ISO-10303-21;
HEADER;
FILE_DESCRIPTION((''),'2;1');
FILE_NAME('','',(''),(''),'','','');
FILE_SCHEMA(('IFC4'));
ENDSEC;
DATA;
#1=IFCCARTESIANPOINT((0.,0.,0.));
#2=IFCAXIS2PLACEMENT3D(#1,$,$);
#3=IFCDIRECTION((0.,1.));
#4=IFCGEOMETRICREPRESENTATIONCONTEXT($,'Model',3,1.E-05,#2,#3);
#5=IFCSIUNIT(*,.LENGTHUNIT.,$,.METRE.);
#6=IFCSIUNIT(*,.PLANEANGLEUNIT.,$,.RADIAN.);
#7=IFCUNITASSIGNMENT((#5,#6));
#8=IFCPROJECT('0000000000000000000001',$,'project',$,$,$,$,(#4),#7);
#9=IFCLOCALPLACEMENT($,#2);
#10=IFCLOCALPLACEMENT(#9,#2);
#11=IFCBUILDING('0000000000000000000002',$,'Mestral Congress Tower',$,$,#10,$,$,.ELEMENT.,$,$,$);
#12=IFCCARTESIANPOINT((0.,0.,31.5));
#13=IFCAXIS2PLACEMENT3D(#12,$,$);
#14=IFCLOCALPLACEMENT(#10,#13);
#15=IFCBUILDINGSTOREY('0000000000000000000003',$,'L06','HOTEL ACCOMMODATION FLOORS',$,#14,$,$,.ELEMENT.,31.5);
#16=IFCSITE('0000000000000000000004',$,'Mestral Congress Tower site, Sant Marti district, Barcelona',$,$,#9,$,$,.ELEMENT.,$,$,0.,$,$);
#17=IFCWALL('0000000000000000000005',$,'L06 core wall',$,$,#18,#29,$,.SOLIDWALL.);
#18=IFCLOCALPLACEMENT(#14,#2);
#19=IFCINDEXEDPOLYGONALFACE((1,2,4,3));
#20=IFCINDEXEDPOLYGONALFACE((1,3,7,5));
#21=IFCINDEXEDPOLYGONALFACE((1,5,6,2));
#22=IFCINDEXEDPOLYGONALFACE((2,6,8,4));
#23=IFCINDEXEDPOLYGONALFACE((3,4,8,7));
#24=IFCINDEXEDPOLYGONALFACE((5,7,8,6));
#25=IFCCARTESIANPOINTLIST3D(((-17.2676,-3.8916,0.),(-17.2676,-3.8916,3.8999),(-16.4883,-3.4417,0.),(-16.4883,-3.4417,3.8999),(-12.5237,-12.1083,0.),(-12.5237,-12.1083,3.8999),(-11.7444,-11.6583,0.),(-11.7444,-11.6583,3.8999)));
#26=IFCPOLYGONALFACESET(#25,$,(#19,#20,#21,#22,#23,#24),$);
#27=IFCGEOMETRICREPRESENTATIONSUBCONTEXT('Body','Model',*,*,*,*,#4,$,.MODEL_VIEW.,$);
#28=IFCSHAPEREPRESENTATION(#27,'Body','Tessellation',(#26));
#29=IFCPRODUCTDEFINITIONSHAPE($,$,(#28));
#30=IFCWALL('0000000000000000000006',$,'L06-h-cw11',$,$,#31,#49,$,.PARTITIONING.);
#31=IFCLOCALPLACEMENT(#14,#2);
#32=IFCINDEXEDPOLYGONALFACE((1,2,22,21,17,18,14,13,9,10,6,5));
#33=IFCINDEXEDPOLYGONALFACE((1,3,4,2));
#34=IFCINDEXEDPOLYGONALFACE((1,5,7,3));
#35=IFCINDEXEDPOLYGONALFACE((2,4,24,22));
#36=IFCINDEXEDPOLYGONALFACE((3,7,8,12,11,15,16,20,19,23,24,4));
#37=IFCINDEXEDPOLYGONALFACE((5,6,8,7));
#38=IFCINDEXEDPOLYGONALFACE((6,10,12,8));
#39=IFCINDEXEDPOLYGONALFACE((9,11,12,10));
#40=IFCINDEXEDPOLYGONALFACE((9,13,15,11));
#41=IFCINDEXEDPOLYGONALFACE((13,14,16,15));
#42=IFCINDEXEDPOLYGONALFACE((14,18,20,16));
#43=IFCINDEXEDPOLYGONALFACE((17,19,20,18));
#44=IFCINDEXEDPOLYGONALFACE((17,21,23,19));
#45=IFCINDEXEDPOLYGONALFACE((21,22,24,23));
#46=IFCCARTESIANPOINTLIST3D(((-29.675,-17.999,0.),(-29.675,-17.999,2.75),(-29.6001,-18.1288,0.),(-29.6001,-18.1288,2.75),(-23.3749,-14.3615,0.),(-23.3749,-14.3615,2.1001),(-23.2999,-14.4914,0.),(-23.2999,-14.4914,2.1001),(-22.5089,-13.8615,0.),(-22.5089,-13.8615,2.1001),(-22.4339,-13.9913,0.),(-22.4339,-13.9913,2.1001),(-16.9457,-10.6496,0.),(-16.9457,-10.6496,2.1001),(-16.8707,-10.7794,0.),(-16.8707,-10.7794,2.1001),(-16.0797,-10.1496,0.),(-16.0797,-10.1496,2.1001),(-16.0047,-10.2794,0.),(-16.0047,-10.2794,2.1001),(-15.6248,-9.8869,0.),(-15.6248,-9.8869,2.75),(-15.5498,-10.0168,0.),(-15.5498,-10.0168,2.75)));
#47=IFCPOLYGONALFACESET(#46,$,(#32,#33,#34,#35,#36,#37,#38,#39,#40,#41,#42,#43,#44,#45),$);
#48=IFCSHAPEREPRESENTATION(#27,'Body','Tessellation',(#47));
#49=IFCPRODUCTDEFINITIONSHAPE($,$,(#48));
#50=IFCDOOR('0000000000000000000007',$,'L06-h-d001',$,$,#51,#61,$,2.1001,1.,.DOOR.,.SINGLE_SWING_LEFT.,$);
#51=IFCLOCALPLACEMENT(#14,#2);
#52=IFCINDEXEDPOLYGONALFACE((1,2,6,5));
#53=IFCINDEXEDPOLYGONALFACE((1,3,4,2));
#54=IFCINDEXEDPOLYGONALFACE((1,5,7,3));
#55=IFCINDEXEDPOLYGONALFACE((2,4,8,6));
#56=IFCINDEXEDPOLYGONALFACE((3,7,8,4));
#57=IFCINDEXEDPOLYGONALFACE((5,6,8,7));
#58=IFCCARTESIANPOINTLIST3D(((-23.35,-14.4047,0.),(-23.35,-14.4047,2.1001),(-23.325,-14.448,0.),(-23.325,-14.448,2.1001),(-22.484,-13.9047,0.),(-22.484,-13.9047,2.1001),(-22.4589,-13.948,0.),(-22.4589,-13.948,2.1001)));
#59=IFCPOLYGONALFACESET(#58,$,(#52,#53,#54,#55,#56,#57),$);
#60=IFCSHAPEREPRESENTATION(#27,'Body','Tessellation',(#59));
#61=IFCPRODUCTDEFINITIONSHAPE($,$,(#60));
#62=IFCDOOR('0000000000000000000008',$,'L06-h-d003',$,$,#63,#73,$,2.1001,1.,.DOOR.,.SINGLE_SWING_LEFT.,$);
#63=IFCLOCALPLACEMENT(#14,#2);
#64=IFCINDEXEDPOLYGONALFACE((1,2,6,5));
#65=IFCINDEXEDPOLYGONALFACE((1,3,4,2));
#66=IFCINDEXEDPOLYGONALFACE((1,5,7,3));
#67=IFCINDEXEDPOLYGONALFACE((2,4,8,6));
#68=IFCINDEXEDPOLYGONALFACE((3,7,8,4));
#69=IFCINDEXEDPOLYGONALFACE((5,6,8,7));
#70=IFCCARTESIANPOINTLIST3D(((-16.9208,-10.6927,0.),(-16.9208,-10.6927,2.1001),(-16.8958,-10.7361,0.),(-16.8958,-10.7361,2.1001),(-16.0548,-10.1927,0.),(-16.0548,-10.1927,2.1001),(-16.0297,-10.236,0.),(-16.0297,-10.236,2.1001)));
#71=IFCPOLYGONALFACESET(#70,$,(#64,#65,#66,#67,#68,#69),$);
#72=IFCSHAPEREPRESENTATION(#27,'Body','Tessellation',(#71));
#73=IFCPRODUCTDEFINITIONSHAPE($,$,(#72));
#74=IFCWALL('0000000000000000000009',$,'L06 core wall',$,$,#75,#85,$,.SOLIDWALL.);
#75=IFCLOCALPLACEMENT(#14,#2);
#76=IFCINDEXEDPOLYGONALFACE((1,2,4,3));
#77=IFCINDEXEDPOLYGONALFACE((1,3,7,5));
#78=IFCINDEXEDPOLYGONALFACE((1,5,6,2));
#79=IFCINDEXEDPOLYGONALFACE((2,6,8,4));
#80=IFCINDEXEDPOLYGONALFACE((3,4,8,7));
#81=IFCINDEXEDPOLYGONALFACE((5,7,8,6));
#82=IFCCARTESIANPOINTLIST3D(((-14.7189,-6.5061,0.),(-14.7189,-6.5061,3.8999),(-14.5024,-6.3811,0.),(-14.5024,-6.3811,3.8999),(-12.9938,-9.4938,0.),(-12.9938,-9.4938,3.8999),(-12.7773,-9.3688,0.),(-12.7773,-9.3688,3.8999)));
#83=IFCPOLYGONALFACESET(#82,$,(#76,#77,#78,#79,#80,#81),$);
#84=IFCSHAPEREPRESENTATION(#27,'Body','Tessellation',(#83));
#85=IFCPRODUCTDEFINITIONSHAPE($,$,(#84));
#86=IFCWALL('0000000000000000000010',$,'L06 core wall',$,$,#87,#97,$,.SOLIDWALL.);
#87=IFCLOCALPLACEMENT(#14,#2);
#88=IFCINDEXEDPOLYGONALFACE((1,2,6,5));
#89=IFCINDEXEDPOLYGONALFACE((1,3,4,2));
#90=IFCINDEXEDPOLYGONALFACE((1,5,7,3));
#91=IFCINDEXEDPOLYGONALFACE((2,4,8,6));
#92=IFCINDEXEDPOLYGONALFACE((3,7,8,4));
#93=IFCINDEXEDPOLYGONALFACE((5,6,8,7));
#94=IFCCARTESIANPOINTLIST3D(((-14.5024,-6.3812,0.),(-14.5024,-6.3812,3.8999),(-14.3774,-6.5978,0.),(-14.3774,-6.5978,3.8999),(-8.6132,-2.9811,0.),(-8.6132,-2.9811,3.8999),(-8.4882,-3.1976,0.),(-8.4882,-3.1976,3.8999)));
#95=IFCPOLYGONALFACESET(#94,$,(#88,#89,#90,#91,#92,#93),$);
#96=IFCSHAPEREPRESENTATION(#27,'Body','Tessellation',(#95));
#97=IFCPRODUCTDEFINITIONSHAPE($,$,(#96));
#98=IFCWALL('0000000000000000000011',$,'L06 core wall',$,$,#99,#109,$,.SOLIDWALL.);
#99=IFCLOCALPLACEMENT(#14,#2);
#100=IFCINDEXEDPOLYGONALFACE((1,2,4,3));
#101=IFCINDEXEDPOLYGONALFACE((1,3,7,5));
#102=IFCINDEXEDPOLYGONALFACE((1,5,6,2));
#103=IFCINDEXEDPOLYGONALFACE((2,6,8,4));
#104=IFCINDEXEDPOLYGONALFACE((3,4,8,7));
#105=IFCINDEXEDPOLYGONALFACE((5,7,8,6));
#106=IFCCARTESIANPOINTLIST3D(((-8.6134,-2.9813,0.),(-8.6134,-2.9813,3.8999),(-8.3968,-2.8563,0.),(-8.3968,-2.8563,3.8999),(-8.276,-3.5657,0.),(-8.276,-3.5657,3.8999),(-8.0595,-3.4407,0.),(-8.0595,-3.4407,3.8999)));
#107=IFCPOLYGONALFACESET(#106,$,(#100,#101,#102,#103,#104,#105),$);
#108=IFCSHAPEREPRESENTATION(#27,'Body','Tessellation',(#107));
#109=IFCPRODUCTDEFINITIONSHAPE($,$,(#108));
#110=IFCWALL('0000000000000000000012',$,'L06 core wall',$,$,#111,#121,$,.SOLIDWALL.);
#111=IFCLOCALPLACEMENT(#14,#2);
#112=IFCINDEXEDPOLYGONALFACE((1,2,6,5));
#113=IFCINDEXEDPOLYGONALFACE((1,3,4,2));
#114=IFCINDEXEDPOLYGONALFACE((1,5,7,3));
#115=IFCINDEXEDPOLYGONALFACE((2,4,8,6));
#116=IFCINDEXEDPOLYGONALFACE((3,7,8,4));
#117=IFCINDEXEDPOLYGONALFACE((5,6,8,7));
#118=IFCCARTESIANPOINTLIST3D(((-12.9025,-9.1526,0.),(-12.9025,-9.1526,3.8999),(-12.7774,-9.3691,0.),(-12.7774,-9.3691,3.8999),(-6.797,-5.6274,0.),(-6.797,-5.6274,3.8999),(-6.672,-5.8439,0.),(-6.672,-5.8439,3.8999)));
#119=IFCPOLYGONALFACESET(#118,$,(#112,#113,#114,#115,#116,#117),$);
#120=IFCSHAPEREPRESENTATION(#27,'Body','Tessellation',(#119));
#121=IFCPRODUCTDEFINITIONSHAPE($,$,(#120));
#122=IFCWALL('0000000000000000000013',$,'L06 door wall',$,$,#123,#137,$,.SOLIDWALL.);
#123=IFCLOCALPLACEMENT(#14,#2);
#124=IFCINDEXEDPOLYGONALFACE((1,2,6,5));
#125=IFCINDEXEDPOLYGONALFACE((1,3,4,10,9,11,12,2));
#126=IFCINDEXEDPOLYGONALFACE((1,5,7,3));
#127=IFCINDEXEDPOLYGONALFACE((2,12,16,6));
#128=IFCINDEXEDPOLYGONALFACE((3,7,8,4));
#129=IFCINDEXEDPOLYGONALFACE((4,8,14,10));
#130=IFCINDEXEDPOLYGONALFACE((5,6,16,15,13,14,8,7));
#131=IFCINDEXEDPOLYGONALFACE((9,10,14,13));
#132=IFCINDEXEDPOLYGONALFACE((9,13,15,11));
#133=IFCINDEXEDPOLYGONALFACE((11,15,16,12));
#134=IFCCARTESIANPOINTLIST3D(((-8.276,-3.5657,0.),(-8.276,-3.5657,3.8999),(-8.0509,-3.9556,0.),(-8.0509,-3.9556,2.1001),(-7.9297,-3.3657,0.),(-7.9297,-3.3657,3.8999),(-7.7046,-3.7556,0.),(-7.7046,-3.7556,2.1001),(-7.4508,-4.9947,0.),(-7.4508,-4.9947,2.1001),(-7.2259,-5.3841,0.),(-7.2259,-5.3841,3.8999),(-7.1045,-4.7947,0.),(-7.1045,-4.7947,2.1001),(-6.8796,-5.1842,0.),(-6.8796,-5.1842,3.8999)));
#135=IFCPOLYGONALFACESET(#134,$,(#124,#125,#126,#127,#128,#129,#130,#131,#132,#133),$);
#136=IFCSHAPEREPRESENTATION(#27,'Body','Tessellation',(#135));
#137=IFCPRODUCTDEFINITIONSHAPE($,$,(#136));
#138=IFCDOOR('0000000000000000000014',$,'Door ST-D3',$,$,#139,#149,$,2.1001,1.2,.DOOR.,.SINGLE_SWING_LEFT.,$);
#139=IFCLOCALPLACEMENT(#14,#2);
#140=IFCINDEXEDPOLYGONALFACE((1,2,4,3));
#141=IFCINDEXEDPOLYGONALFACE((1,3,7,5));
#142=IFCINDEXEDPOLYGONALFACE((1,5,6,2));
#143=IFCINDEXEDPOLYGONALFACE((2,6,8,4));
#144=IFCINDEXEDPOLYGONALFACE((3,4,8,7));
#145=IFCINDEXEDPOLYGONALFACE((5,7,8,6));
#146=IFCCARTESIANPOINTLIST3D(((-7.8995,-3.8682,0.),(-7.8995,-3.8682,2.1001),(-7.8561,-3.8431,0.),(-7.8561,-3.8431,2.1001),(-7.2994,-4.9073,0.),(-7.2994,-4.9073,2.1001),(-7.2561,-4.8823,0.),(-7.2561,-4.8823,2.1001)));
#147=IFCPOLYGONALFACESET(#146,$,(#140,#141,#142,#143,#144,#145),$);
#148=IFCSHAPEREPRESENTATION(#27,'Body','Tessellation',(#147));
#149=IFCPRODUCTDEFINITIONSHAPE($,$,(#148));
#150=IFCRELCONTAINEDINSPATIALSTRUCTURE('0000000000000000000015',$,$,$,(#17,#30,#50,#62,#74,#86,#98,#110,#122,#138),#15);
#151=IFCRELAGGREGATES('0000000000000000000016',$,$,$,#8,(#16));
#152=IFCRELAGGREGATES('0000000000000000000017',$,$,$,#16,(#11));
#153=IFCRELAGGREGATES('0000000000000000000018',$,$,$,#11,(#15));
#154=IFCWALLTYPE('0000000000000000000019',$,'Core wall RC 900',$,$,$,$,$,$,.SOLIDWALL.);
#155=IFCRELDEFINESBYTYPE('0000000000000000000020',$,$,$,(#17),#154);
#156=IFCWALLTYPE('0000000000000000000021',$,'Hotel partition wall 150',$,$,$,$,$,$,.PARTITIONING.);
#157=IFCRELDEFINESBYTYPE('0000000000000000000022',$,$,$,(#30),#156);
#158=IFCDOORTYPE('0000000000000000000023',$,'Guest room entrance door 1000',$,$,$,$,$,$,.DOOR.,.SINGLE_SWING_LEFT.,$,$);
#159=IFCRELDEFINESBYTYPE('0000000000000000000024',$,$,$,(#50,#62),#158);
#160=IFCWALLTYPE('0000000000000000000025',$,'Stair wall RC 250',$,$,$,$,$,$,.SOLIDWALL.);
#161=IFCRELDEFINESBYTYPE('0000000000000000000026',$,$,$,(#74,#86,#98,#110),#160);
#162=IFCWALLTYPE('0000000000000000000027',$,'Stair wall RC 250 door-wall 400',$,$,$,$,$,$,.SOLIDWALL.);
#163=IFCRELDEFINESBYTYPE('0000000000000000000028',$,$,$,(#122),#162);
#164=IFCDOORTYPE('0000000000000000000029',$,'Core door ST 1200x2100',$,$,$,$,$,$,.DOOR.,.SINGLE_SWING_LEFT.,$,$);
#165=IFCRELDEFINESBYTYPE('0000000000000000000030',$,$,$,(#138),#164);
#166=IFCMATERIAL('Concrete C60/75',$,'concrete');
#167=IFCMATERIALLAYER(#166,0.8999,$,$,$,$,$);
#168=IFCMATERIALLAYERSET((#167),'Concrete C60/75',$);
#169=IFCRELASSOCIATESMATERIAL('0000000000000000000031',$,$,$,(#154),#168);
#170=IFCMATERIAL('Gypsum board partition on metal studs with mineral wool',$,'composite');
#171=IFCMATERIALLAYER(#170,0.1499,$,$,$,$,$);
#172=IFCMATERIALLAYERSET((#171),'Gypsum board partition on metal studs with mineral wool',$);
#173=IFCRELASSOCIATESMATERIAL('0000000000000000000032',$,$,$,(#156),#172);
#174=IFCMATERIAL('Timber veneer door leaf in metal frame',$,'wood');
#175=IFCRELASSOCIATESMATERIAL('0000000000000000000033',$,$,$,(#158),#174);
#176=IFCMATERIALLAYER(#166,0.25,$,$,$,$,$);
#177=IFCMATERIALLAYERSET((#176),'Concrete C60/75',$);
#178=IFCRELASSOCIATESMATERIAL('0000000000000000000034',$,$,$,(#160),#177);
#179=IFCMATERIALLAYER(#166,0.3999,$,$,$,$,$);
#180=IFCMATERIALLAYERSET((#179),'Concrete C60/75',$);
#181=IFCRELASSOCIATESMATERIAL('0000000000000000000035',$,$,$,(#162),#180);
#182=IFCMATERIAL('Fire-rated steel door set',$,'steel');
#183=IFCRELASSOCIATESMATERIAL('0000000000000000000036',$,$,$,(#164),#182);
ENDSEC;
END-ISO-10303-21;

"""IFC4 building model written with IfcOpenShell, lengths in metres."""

from ifc_helpers import new_model, si_unit, direction, frame, frame_2d, origin, place, context, subcontext, project, spatial, rectangle, extrude, material, layer, layer_set, type_object, element, fill, save


model = new_model("IFC4")

# Units and contexts
model_context = context("Model", 3, precision=1e-05, world=origin(), true_north=direction((0.0, 1.0)))
body_context = subcontext(model_context, "Body", "Model", "MODEL_VIEW")
ifc_project = project(units=[si_unit("LENGTHUNIT", "METRE"), si_unit("PLANEANGLEUNIT", "RADIAN")], contexts=[model_context])

# Site, building, storey
site_placement = place(None, origin())
site = spatial("IfcSite", under=ifc_project, at=site_placement, Name="Mestral Congress Tower site, Sant Marti district, Barcelona", CompositionType="ELEMENT", RefElevation=0.0)
building_placement = place(site_placement, origin())
building = spatial("IfcBuilding", under=site, at=building_placement, Name="Mestral Congress Tower", CompositionType="ELEMENT")
storey_placement = place(building_placement, frame((0.0, 0.0, 31.5)))
storey = spatial("IfcBuildingStorey", under=building, at=storey_placement, Name="L06", Description="HOTEL ACCOMMODATION FLOORS", CompositionType="ELEMENT", Elevation=31.5)

# Wall
ifc_material_1 = material(Name="Concrete C60/75", Category="concrete")
ifc_layer_1 = layer(ifc_material_1, 0.8999)
ifc_layer_set_1 = layer_set([ifc_layer_1], Name="Concrete C60/75")
wall_type_1 = type_object("IfcWallType", Name="Core wall RC 900", PredefinedType="SOLIDWALL", material=ifc_layer_set_1)
wall_1_placement = place(storey_placement, frame((-12.134, -11.8833, 0.0), z_axis=(0.0, 0.0, 1.0), x_axis=(-0.500005, 0.866022, 0.0)))
element("IfcWall", 1, at=wall_1_placement, inside=storey, type_object=wall_type_1, Name="L06 core wall", PredefinedType="SOLIDWALL", context=body_context, shape_type="SweptSolid", body=[
    extrude(rectangle(XDim=9.4878, YDim=0.8999, at=frame_2d((4.7439, 0.0))), origin(), (0.0, 0.0, 1.0), 3.8999),
])

# Wall, openings, doors
ifc_material_2 = material(Name="Gypsum board partition on metal studs with mineral wool", Category="composite")
ifc_layer_2 = layer(ifc_material_2, 0.1499)
ifc_layer_set_2 = layer_set([ifc_layer_2], Name="Gypsum board partition on metal studs with mineral wool")
wall_type_2 = type_object("IfcWallType", Name="Hotel partition wall 150", PredefinedType="PARTITIONING", material=ifc_layer_set_2)
wall_2_placement = place(storey_placement, frame((-15.5874, -9.9519, 0.0), z_axis=(0.0, 0.0, 1.0), x_axis=(-0.866022, -0.500006, 0.0)))
wall_2 = element("IfcWall", 2, at=wall_2_placement, inside=storey, type_object=wall_type_2, Name="L06-h-cw11", PredefinedType="PARTITIONING", context=body_context, shape_type="SweptSolid", body=[
    extrude(rectangle(XDim=16.2239, YDim=0.1499, at=frame_2d((8.1118, 0.0))), origin(), (0.0, 0.0, 1.0), 2.75),
])
opening_1_placement = place(wall_2_placement, frame((7.949, 0.0, 0.0)))
opening_1 = element("IfcOpeningElement", 3, at=opening_1_placement, cuts=wall_2, PredefinedType="OPENING", context=body_context, shape_type="SweptSolid", body=[
    extrude(rectangle(XDim=1.0, YDim=2.1001, at=frame_2d((0.5, 1.05))), frame((0.0, 0.085, 0.0), z_axis=(0.0, -1.0, 0.0), x_axis=(1.0, 0.0, 0.0)), (0.0, 0.0, 1.0), 0.1699),
])
opening_2_placement = place(wall_2_placement, frame((0.5251, 0.0, 0.0)))
opening_2 = element("IfcOpeningElement", 4, at=opening_2_placement, cuts=wall_2, PredefinedType="OPENING", context=body_context, shape_type="SweptSolid", body=[
    extrude(rectangle(XDim=1.0, YDim=2.1001, at=frame_2d((0.5, 1.05))), frame((0.0, 0.085, 0.0), z_axis=(0.0, -1.0, 0.0), x_axis=(1.0, 0.0, 0.0)), (0.0, 0.0, 1.0), 0.1699),
])
ifc_material_3 = material(Name="Timber veneer door leaf in metal frame", Category="wood")
door_type_1 = type_object("IfcDoorType", Name="Guest room entrance door 1000", OperationType="SINGLE_SWING_LEFT", PredefinedType="DOOR", material=ifc_material_3)
door_1_placement = place(opening_1_placement, origin())
door_1 = element("IfcDoor", 5, at=door_1_placement, inside=storey, type_object=door_type_1, Name="L06-h-d001", OperationType="SINGLE_SWING_LEFT", OverallHeight=2.1001, OverallWidth=1.0, PredefinedType="DOOR", context=body_context, shape_type="SweptSolid", body=[
    extrude(rectangle(XDim=1.0, YDim=2.1001, at=frame_2d((0.5, 1.05))), frame((0.0, 0.0249, 0.0), z_axis=(0.0, -1.0, 0.0), x_axis=(1.0, 0.0, 0.0)), (0.0, 0.0, 1.0), 0.05),
])
fill(opening_1, door_1)
door_2_placement = place(opening_2_placement, origin())
door_2 = element("IfcDoor", 6, at=door_2_placement, inside=storey, type_object=door_type_1, Name="L06-h-d003", OperationType="SINGLE_SWING_LEFT", OverallHeight=2.1001, OverallWidth=1.0, PredefinedType="DOOR", context=body_context, shape_type="SweptSolid", body=[
    extrude(rectangle(XDim=1.0, YDim=2.1001, at=frame_2d((0.5, 1.05))), frame((0.0, 0.0249, 0.0), z_axis=(0.0, -1.0, 0.0), x_axis=(1.0, 0.0, 0.0)), (0.0, 0.0, 1.0), 0.05),
])
fill(opening_2, door_2)

# Walls
ifc_layer_3 = layer(ifc_material_1, 0.25)
ifc_layer_set_3 = layer_set([ifc_layer_3], Name="Concrete C60/75")
wall_type_3 = type_object("IfcWallType", Name="Stair wall RC 250", PredefinedType="SOLIDWALL", material=ifc_layer_set_3)
wall_3_placement = place(storey_placement, frame((-12.8855, -9.4314, 0.0), z_axis=(0.0, 0.0, 1.0), x_axis=(-0.500021, 0.866014, 0.0)))
element("IfcWall", 7, at=wall_3_placement, inside=storey, type_object=wall_type_3, Name="L06 core wall", PredefinedType="SOLIDWALL", context=body_context, shape_type="SweptSolid", body=[
    extrude(rectangle(XDim=3.45, YDim=0.25, at=frame_2d((1.7251, 0.0))), origin(), (0.0, 0.0, 1.0), 3.8999),
])
wall_4_placement = place(storey_placement, frame((-14.4399, -6.4895, 0.0), z_axis=(0.0, 0.0, 1.0), x_axis=(0.866023, 0.500004, 0.0)))
element("IfcWall", 8, at=wall_4_placement, inside=storey, type_object=wall_type_3, Name="L06 core wall", PredefinedType="SOLIDWALL", context=body_context, shape_type="SweptSolid", body=[
    extrude(rectangle(XDim=6.8003, YDim=0.25, at=frame_2d((3.4001, 0.0))), origin(), (0.0, 0.0, 1.0), 3.8999),
])
wall_5_placement = place(storey_placement, frame((-8.1677, -3.5032, 0.0), z_axis=(0.0, 0.0, 1.0), x_axis=(-0.499952, 0.866053, 0.0)))
element("IfcWall", 9, at=wall_5_placement, inside=storey, type_object=wall_type_3, Name="L06 core wall", PredefinedType="SOLIDWALL", context=body_context, shape_type="SweptSolid", body=[
    extrude(rectangle(XDim=0.6748, YDim=0.25, at=frame_2d((0.3374, 0.0))), origin(), (0.0, 0.0, 1.0), 3.8999),
])
wall_6_placement = place(storey_placement, frame((-12.8398, -9.2607, 0.0), z_axis=(0.0, 0.0, 1.0), x_axis=(0.866016, 0.500016, 0.0)))
element("IfcWall", 10, at=wall_6_placement, inside=storey, type_object=wall_type_3, Name="L06 core wall", PredefinedType="SOLIDWALL", context=body_context, shape_type="SweptSolid", body=[
    extrude(rectangle(XDim=7.05, YDim=0.25, at=frame_2d((3.5249, 0.0))), origin(), (0.0, 0.0, 1.0), 3.8999),
])

# Wall, opening, door
ifc_layer_4 = layer(ifc_material_1, 0.3999)
ifc_layer_set_4 = layer_set([ifc_layer_4], Name="Concrete C60/75")
wall_type_4 = type_object("IfcWallType", Name="Stair wall RC 250 door-wall 400", PredefinedType="SOLIDWALL", material=ifc_layer_set_4)
wall_7_placement = place(storey_placement, frame((-8.1028, -3.4658, 0.0), z_axis=(0.0, 0.0, 1.0), x_axis=(0.500078, -0.86598, 0.0)))
wall_7 = element("IfcWall", 11, at=wall_7_placement, inside=storey, type_object=wall_type_4, Name="L06 door wall", PredefinedType="SOLIDWALL", context=body_context, shape_type="SweptSolid", body=[
    extrude(rectangle(XDim=2.0999, YDim=0.3999, at=frame_2d((1.0498, 0.0))), origin(), (0.0, 0.0, 1.0), 3.8999),
])
opening_3_placement = place(wall_7_placement, frame((0.45, 0.0, 0.0)))
opening_3 = element("IfcOpeningElement", 12, at=opening_3_placement, cuts=wall_7, PredefinedType="OPENING", context=body_context, shape_type="SweptSolid", body=[
    extrude(rectangle(XDim=1.2, YDim=2.1001, at=frame_2d((0.6001, 1.05))), frame((0.0, 0.21, 0.0), z_axis=(0.0, -1.0, 0.0), x_axis=(1.0, 0.0, 0.0)), (0.0, 0.0, 1.0), 0.4199),
])
ifc_material_4 = material(Name="Fire-rated steel door set", Category="steel")
door_type_2 = type_object("IfcDoorType", Name="Core door ST 1200x2100", OperationType="SINGLE_SWING_LEFT", PredefinedType="DOOR", material=ifc_material_4)
door_3_placement = place(opening_3_placement, origin())
door_3 = element("IfcDoor", 13, at=door_3_placement, inside=storey, type_object=door_type_2, Name="Door ST-D3", OperationType="SINGLE_SWING_LEFT", OverallHeight=2.1001, OverallWidth=1.2, PredefinedType="DOOR", context=body_context, shape_type="SweptSolid", body=[
    extrude(rectangle(XDim=1.2, YDim=2.1001, at=frame_2d((0.6001, 1.05))), frame((0.0, 0.0249, 0.0), z_axis=(0.0, -1.0, 0.0), x_axis=(1.0, 0.0, 0.0)), (0.0, 0.0, 1.0), 0.05),
])
fill(opening_3, door_3)

save(model, "model.ifc")
